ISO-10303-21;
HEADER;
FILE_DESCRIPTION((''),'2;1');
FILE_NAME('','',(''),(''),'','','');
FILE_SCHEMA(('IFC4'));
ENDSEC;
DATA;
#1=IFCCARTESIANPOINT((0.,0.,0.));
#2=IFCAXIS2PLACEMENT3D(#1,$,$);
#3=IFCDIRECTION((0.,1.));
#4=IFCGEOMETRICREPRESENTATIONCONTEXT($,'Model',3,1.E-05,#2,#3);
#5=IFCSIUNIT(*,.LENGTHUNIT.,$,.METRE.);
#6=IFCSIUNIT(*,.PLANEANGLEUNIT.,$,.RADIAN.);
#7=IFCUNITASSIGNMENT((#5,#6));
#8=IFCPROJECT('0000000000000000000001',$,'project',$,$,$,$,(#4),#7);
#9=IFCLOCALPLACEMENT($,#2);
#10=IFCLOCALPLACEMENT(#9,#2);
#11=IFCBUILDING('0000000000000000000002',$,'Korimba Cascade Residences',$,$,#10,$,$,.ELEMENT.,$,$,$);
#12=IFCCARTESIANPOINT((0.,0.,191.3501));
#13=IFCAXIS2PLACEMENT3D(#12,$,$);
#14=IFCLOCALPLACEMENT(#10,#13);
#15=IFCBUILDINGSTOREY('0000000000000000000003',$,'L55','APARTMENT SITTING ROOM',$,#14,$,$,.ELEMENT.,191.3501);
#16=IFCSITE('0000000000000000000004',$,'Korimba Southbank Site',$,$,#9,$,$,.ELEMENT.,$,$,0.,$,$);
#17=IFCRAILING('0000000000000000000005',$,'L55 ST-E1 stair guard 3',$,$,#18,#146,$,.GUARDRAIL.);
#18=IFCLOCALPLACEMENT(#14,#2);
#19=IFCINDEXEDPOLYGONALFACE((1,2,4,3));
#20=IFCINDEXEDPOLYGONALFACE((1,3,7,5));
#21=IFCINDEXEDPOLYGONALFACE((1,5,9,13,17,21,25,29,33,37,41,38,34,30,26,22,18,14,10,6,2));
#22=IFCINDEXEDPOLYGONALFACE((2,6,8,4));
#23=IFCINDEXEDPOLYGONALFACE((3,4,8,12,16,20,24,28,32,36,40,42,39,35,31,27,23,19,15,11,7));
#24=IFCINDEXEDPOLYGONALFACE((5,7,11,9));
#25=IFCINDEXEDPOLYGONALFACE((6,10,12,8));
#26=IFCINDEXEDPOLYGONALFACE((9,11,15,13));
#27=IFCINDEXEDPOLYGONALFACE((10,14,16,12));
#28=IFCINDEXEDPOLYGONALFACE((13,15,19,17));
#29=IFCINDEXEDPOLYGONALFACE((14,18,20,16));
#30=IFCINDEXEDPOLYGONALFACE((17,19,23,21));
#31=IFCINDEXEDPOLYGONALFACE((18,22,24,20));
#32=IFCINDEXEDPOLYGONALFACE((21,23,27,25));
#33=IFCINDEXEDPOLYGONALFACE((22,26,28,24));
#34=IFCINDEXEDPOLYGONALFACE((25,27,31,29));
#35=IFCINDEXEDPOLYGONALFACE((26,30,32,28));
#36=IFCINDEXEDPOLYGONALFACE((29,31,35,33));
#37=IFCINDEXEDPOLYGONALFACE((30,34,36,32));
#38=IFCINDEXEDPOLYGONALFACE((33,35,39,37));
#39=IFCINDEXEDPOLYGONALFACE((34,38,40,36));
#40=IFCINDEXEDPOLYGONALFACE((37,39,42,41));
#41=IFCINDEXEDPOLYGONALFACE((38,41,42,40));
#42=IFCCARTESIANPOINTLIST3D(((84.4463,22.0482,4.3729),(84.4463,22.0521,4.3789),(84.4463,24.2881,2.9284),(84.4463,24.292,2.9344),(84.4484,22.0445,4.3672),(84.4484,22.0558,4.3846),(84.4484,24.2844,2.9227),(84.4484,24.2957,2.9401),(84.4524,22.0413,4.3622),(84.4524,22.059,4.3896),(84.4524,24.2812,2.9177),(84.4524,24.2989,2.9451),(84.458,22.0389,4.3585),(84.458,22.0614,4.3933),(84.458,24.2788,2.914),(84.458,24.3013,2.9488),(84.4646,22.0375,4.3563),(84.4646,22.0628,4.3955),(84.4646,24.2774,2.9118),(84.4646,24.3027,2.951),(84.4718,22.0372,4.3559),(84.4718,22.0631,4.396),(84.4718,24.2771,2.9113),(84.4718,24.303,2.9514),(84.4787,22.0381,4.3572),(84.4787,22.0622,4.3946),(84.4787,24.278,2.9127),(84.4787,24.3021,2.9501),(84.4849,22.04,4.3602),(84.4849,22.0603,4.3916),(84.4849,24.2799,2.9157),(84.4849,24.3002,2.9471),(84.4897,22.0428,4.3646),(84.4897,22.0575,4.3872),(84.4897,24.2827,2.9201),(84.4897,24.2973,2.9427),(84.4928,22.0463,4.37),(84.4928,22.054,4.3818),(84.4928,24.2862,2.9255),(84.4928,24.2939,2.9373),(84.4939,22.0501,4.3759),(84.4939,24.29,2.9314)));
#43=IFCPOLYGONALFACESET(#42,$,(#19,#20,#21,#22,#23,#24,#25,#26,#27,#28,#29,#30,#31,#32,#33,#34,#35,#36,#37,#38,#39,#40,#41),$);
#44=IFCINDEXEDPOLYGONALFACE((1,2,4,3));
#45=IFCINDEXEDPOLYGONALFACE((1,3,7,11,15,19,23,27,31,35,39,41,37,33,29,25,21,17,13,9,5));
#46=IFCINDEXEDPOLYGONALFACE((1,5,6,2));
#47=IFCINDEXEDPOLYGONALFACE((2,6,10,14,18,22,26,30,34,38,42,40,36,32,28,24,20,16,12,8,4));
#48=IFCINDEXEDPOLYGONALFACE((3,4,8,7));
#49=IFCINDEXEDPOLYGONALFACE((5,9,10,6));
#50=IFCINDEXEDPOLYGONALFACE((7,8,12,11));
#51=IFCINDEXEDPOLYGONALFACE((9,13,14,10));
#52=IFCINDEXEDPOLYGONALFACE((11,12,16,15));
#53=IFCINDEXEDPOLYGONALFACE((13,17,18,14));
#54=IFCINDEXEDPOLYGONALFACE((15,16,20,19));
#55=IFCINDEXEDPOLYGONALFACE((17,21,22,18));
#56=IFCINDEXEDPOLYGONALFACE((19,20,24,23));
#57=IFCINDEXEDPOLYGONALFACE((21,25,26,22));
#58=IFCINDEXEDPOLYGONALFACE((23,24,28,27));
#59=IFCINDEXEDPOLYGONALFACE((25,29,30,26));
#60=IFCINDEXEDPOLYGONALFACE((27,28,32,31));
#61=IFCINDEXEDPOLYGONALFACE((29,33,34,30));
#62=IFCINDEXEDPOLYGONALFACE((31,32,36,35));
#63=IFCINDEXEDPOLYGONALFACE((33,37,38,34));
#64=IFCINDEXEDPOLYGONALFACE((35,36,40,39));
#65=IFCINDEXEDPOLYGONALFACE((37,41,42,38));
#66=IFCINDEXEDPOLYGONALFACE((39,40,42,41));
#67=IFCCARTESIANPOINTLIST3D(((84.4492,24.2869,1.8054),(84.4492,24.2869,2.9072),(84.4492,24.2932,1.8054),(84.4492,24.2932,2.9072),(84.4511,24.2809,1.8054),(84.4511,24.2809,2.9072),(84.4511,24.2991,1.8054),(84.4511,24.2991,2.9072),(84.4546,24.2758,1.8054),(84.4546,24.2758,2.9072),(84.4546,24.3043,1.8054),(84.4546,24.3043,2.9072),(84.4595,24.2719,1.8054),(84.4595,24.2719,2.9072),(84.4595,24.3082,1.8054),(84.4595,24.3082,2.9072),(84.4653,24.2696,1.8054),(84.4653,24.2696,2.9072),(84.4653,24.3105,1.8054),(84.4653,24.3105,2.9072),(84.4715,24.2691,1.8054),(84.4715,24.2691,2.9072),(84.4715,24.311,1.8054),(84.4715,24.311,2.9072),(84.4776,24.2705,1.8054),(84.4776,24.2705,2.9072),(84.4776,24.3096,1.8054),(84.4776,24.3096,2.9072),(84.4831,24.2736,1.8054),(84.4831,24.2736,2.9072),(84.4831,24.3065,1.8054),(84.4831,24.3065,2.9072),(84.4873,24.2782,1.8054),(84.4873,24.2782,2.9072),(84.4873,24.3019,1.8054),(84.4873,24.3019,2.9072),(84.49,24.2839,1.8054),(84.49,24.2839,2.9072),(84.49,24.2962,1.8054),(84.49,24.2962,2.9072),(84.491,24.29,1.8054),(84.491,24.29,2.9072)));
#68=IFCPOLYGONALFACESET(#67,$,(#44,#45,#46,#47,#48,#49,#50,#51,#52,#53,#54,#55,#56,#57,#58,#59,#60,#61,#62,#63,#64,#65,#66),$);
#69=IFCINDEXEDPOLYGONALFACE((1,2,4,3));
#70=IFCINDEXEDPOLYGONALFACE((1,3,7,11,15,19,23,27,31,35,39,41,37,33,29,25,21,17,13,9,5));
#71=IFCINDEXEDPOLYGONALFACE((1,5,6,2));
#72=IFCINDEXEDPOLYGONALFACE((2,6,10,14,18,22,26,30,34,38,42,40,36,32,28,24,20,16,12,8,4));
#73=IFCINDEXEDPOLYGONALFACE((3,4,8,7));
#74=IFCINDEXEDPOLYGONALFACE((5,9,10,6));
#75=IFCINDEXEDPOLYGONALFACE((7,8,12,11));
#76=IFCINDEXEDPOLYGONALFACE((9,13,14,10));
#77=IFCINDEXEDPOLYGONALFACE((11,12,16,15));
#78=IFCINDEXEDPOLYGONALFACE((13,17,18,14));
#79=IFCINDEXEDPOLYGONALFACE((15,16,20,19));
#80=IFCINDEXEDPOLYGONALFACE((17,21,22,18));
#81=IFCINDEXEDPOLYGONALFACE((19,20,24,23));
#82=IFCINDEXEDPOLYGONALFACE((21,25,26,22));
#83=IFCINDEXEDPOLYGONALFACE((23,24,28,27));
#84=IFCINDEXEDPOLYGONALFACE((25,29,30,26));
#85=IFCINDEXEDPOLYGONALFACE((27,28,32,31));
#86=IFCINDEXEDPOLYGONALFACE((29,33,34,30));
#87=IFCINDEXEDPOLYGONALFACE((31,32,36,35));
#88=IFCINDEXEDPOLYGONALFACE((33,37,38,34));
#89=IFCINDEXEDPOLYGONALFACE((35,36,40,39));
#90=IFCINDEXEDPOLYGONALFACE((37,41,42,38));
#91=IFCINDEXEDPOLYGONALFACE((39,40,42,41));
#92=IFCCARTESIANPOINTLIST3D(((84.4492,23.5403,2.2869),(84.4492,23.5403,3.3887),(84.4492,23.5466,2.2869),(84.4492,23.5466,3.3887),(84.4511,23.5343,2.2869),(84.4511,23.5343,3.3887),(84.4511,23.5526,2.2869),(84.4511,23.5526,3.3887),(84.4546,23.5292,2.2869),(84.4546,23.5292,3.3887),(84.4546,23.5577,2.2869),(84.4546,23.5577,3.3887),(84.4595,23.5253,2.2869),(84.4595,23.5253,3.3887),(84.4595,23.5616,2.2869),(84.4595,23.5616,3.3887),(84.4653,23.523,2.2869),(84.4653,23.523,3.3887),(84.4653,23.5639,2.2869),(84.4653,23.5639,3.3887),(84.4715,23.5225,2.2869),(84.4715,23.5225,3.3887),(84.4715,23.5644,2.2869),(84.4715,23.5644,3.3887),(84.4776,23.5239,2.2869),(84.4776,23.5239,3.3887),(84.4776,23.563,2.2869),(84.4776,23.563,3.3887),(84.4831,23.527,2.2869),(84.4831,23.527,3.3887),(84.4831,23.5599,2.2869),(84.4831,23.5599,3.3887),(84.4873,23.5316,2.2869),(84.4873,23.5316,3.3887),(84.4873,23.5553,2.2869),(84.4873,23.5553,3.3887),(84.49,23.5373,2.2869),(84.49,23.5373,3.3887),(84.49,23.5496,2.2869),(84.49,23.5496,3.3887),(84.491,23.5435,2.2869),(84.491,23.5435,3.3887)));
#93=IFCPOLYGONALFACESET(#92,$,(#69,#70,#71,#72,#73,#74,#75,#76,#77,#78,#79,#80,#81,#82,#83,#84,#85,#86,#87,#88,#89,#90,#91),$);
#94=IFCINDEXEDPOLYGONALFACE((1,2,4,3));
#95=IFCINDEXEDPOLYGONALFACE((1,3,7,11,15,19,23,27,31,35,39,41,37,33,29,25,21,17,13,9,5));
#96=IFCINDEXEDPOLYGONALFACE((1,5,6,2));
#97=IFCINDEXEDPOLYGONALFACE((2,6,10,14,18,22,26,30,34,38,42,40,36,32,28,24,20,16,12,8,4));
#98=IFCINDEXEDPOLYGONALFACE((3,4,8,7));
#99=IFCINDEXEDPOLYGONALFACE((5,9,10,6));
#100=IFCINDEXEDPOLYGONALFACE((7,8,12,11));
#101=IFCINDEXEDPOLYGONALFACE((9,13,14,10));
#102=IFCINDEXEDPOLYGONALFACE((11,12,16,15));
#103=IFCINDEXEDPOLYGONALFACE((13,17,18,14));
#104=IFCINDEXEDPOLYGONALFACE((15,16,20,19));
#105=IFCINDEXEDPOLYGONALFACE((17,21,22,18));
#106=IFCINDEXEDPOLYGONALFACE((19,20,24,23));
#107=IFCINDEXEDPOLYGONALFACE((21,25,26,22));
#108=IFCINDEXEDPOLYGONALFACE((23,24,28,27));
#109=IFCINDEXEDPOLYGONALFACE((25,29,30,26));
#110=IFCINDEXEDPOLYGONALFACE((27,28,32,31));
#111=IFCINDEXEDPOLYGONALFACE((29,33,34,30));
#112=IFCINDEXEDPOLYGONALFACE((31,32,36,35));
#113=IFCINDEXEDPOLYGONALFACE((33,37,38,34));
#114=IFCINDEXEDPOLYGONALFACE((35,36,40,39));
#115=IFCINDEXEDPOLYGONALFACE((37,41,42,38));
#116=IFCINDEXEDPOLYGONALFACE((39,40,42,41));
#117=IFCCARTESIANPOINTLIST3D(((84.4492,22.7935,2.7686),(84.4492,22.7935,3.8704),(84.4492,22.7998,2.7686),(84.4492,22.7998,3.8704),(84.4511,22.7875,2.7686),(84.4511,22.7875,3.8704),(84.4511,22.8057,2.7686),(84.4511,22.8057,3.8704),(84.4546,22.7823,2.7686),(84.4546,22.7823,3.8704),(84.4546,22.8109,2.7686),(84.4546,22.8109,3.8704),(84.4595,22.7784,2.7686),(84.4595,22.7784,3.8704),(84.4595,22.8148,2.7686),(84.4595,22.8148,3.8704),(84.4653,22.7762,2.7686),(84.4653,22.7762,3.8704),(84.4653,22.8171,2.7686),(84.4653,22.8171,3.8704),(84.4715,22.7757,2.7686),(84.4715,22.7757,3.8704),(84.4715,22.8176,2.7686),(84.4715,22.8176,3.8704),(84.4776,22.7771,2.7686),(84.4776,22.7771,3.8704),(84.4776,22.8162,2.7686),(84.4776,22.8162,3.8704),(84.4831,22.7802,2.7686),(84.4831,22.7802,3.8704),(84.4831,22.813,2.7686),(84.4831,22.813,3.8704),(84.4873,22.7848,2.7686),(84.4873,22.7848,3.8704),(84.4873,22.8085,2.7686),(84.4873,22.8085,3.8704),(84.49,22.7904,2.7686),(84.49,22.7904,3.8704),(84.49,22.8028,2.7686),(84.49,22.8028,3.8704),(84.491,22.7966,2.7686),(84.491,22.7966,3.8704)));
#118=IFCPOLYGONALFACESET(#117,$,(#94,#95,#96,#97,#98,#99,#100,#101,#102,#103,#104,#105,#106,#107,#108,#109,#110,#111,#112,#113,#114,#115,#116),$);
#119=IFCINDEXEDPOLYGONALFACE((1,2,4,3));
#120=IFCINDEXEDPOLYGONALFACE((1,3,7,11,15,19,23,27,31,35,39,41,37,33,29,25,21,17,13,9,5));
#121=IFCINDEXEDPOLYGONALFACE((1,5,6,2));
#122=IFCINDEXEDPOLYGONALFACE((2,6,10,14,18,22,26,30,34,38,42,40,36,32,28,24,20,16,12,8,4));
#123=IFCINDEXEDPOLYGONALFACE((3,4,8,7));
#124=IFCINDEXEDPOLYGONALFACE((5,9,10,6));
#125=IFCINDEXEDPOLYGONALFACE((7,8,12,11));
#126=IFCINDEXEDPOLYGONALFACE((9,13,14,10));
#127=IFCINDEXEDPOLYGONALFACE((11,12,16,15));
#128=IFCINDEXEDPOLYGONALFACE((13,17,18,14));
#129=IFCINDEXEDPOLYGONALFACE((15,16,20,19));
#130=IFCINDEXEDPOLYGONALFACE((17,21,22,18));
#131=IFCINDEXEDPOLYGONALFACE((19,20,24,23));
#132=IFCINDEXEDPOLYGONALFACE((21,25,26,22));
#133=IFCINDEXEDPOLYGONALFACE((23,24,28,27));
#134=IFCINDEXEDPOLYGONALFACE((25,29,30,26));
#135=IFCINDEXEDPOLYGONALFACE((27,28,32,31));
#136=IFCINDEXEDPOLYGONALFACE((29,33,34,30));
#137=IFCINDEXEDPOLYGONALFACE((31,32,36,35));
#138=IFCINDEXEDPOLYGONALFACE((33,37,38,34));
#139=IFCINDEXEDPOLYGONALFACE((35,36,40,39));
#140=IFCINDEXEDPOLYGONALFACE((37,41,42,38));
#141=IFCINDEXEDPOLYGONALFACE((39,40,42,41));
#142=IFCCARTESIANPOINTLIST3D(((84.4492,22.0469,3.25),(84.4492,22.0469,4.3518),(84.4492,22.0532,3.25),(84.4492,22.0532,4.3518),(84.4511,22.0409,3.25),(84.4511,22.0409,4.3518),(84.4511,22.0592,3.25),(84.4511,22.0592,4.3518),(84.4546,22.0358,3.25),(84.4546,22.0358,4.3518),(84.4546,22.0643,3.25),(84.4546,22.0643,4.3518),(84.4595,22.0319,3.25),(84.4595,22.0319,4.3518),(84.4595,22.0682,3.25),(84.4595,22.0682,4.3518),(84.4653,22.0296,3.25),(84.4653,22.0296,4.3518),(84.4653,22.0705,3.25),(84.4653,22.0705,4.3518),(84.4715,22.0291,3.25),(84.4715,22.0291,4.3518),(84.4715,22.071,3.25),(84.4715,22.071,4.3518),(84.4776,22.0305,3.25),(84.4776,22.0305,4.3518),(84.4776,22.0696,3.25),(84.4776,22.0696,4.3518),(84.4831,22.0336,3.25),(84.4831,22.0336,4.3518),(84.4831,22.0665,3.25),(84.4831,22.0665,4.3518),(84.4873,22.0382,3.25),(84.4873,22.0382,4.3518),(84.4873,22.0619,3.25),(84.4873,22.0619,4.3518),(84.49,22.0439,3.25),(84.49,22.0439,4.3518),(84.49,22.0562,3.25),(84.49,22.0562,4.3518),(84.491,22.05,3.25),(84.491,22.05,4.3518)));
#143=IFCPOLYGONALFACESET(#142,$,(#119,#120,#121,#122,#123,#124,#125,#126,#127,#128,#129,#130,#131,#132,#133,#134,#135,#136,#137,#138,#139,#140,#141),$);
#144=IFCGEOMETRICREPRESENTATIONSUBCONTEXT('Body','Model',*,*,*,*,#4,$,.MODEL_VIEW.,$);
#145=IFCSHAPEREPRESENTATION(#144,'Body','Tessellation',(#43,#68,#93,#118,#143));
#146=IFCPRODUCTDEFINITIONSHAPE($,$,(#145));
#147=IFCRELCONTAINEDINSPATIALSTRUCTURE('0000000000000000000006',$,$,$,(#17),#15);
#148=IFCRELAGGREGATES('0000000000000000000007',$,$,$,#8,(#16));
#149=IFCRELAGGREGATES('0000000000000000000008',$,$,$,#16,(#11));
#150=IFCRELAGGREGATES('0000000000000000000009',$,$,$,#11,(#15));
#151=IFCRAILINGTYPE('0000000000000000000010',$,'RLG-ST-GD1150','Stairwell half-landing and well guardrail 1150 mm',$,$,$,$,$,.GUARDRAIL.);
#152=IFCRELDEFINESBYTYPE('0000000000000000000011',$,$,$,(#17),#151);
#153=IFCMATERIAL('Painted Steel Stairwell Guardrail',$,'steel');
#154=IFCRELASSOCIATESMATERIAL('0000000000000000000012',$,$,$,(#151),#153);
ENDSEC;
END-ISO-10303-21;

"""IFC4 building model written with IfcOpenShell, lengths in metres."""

from ifc_helpers import new_model, si_unit, direction, frame, origin, origin_2d, place, context, subcontext, project, spatial, circle, extrude, material, type_object, element, save


model = new_model("IFC4")

# Units and contexts
model_context = context("Model", 3, precision=1e-05, world=origin(), true_north=direction((0.0, 1.0)))
body_context = subcontext(model_context, "Body", "Model", "MODEL_VIEW")
ifc_project = project(units=[si_unit("LENGTHUNIT", "METRE"), si_unit("PLANEANGLEUNIT", "RADIAN")], contexts=[model_context])

# Site, building, storey
site_placement = place(None, origin())
site = spatial("IfcSite", under=ifc_project, at=site_placement, Name="Korimba Southbank Site", CompositionType="ELEMENT", RefElevation=0.0)
building_placement = place(site_placement, origin())
building = spatial("IfcBuilding", under=site, at=building_placement, Name="Korimba Cascade Residences", CompositionType="ELEMENT")
storey_placement = place(building_placement, frame((0.0, 0.0, 191.3501)))
storey = spatial("IfcBuildingStorey", under=building, at=storey_placement, Name="L55", Description="APARTMENT SITTING ROOM", CompositionType="ELEMENT", Elevation=191.3501)

# Railing
ifc_material_1 = material(Name="Painted Steel Stairwell Guardrail", Category="steel")
railing_type_1 = type_object("IfcRailingType", Name="RLG-ST-GD1150", Description="Stairwell half-landing and well guardrail 1150 mm", PredefinedType="GUARDRAIL", material=ifc_material_1)
railing_1_placement = place(storey_placement, frame((84.47, 24.29, 1.8054)))
element("IfcRailing", 1, at=railing_1_placement, inside=storey, type_object=railing_type_1, Name="L55 ST-E1 stair guard 3", PredefinedType="GUARDRAIL", context=body_context, shape_type="SweptSolid", body=[
    extrude(circle(Radius=0.0239, at=origin_2d()), frame((0.0, 0.0, 1.126), z_axis=(0.0, -0.840395, 0.541975), x_axis=(1.0, 0.0, 0.0)), (0.0, 0.0, 1.0), 2.6653),
    extrude(circle(Radius=0.021, at=origin_2d()), origin(), (0.0, 0.0, 1.0), 1.1018),
    extrude(circle(Radius=0.021, at=origin_2d()), frame((0.0, -0.7466, 0.4814)), (0.0, 0.0, 1.0), 1.1018),
    extrude(circle(Radius=0.021, at=origin_2d()), frame((0.0, -1.4934, 0.9631)), (0.0, 0.0, 1.0), 1.1018),
    extrude(circle(Radius=0.021, at=origin_2d()), frame((0.0, -2.24, 1.4446)), (0.0, 0.0, 1.0), 1.1018),
])

save(model, "model.ifc")
